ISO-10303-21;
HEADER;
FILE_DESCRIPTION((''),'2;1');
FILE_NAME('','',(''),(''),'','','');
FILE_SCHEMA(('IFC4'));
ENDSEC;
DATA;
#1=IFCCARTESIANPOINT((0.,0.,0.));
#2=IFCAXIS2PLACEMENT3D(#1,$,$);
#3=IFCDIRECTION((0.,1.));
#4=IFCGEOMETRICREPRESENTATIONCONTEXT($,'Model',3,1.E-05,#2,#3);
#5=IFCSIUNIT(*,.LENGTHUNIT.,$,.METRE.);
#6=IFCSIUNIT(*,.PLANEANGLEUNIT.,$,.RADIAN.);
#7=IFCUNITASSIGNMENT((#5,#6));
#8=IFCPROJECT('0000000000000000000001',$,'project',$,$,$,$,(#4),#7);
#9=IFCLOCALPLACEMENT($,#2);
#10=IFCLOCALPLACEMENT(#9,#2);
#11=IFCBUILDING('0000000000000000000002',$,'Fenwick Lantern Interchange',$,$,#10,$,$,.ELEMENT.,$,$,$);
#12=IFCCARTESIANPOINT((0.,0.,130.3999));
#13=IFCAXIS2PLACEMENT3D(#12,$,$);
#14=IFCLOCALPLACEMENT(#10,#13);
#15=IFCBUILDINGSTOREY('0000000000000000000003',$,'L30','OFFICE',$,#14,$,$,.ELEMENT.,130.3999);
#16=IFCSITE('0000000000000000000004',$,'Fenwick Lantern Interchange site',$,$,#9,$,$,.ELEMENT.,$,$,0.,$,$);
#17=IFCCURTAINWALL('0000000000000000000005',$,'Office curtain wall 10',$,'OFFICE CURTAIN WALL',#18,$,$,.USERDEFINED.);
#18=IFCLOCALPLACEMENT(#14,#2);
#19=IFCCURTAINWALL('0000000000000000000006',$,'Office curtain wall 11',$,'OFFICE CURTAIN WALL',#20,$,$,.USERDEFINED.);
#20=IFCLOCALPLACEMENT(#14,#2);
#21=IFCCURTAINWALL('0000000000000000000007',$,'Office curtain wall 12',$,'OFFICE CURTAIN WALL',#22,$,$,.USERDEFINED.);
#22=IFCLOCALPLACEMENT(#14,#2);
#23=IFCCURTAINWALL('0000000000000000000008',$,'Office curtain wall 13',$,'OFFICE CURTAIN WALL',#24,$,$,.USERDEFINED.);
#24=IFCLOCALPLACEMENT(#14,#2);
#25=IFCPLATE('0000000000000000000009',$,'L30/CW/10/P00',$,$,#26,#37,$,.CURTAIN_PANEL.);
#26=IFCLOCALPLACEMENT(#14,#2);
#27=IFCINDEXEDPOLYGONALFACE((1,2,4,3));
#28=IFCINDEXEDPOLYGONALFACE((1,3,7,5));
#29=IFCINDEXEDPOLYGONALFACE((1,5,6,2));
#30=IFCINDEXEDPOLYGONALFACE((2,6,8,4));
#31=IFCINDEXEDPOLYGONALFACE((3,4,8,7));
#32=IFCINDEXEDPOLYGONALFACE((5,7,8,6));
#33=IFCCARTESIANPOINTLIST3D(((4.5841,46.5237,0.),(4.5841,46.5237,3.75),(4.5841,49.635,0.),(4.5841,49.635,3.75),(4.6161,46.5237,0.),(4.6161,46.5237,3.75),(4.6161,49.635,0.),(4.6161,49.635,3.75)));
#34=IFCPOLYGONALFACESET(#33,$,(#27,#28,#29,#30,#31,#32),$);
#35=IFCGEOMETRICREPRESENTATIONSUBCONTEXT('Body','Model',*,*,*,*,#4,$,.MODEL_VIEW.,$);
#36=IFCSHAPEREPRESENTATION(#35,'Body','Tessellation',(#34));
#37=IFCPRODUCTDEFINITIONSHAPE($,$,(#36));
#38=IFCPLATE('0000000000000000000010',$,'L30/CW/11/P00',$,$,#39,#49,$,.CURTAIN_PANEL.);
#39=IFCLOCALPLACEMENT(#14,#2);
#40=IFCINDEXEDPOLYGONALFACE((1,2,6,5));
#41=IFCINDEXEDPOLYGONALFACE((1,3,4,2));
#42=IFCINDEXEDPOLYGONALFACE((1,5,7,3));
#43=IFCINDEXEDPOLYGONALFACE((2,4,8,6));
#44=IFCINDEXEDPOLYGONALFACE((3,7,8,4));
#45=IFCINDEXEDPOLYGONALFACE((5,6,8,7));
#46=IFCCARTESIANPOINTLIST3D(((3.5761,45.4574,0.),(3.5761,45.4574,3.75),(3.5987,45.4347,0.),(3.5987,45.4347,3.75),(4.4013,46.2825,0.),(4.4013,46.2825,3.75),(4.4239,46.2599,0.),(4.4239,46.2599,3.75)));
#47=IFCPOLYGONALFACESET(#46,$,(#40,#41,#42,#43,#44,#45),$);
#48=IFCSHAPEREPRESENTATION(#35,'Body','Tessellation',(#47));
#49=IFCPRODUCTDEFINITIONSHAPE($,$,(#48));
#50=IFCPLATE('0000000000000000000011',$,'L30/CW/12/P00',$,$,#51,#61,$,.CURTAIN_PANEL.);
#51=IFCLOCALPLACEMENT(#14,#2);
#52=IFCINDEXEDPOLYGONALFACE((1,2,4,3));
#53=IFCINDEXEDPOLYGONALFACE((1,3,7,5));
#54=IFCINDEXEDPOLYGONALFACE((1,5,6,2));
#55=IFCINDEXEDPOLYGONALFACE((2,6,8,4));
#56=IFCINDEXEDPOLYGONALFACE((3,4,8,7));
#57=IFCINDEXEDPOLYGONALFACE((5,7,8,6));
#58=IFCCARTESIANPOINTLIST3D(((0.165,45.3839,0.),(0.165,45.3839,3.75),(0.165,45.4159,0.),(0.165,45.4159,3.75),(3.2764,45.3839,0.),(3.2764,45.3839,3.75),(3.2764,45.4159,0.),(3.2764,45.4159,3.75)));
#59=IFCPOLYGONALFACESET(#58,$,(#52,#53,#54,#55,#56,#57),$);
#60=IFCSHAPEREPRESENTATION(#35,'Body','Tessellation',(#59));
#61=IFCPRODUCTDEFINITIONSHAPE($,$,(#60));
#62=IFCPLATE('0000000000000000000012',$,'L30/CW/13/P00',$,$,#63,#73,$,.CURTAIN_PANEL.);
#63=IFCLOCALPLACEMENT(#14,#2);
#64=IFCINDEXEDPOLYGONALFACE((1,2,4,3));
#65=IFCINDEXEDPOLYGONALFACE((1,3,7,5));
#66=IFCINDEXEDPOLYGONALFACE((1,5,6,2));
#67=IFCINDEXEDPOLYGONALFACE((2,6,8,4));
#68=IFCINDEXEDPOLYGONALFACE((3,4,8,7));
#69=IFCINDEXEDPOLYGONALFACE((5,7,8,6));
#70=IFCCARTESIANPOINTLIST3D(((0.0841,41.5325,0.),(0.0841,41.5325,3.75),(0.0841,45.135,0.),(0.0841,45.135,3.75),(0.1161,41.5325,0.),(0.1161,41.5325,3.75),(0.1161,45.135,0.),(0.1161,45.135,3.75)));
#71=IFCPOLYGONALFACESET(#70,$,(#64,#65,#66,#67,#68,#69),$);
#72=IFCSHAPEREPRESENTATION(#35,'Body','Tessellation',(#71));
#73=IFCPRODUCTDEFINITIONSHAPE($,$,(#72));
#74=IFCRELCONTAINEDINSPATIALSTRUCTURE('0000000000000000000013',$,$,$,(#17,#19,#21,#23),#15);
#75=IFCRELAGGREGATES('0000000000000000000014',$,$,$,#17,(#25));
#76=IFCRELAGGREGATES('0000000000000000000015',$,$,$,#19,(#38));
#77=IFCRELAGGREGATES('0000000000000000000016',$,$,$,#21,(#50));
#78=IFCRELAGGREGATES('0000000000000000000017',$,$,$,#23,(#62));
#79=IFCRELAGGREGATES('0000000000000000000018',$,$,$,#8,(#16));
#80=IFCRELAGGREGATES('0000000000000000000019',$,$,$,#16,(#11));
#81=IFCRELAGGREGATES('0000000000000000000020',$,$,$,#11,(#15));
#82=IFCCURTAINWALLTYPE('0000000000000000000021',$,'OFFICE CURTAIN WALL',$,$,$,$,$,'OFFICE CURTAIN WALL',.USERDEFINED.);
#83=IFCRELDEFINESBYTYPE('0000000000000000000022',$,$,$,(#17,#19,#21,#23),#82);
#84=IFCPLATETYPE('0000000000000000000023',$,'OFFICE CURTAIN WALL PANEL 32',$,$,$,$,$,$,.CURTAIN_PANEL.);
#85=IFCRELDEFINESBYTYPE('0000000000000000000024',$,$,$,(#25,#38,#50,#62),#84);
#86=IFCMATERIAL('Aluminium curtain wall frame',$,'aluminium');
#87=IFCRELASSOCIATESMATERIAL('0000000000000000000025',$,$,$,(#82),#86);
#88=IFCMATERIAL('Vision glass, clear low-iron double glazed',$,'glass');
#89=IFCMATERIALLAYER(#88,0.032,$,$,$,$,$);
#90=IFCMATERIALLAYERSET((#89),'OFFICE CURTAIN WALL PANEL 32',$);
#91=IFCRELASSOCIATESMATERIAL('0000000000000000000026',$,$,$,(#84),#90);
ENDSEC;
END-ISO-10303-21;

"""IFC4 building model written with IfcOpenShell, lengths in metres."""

from ifc_helpers import new_model, si_unit, direction, frame, origin, origin_2d, place, context, subcontext, project, spatial, rectangle, extrude, material, layer, layer_set, type_object, element, aggregate, save


model = new_model("IFC4")

# Units and contexts
model_context = context("Model", 3, precision=1e-05, world=origin(), true_north=direction((0.0, 1.0)))
body_context = subcontext(model_context, "Body", "Model", "MODEL_VIEW")
ifc_project = project(units=[si_unit("LENGTHUNIT", "METRE"), si_unit("PLANEANGLEUNIT", "RADIAN")], contexts=[model_context])

# Site, building, storey
site_placement = place(None, origin())
site = spatial("IfcSite", under=ifc_project, at=site_placement, Name="Fenwick Lantern Interchange site", CompositionType="ELEMENT", RefElevation=0.0)
building_placement = place(site_placement, origin())
building = spatial("IfcBuilding", under=site, at=building_placement, Name="Fenwick Lantern Interchange", CompositionType="ELEMENT")
storey_placement = place(building_placement, frame((0.0, 0.0, 130.3999)))
storey = spatial("IfcBuildingStorey", under=building, at=storey_placement, Name="L30", Description="OFFICE", CompositionType="ELEMENT", Elevation=130.3999)

# Curtain wall
ifc_material_1 = material(Name="Aluminium curtain wall frame", Category="aluminium")
curtain_wall_type = type_object("IfcCurtainWallType", Name="OFFICE CURTAIN WALL", ElementType="OFFICE CURTAIN WALL", PredefinedType="USERDEFINED", material=ifc_material_1)
curtain_wall_1_placement = place(storey_placement, origin())
curtain_wall_1 = element("IfcCurtainWall", 1, at=curtain_wall_1_placement, inside=storey, type_object=curtain_wall_type, Name="Office curtain wall 10", ObjectType="OFFICE CURTAIN WALL", PredefinedType="USERDEFINED")

# Curtain walls
curtain_wall_2_placement = place(storey_placement, origin())
curtain_wall_2 = element("IfcCurtainWall", 2, at=curtain_wall_2_placement, inside=storey, type_object=curtain_wall_type, Name="Office curtain wall 11", ObjectType="OFFICE CURTAIN WALL", PredefinedType="USERDEFINED")
curtain_wall_3_placement = place(storey_placement, origin())
curtain_wall_3 = element("IfcCurtainWall", 3, at=curtain_wall_3_placement, inside=storey, type_object=curtain_wall_type, Name="Office curtain wall 12", ObjectType="OFFICE CURTAIN WALL", PredefinedType="USERDEFINED")
curtain_wall_4_placement = place(storey_placement, origin())
curtain_wall_4 = element("IfcCurtainWall", 4, at=curtain_wall_4_placement, inside=storey, type_object=curtain_wall_type, Name="Office curtain wall 13", ObjectType="OFFICE CURTAIN WALL", PredefinedType="USERDEFINED")

# Plates
ifc_material_2 = material(Name="Vision glass, clear low-iron double glazed", Category="glass")
ifc_layer_1 = layer(ifc_material_2, 0.032)
ifc_layer_set_1 = layer_set([ifc_layer_1], Name="OFFICE CURTAIN WALL PANEL 32")
plate_type = type_object("IfcPlateType", Name="OFFICE CURTAIN WALL PANEL 32", PredefinedType="CURTAIN_PANEL", material=ifc_layer_set_1)
plate_1_placement = place(storey_placement, frame((4.6001, 48.0793, 0.0), z_axis=(0.0, 0.0, 1.0), x_axis=(0.0, -1.0, 0.0)))
plate_1 = element("IfcPlate", 5, at=plate_1_placement, type_object=plate_type, Name="L30/CW/10/P00", PredefinedType="CURTAIN_PANEL", context=body_context, shape_type="SweptSolid", body=[
    extrude(rectangle(XDim=3.1113, YDim=0.032, at=origin_2d()), origin(), (0.0, 0.0, 1.0), 3.75),
])
aggregate(curtain_wall_1, [plate_1])
plate_2_placement = place(storey_placement, frame((4.0, 45.8586, 0.0), z_axis=(0.0, 0.0, 1.0), x_axis=(-0.707107, -0.707107, 0.0)))
plate_2 = element("IfcPlate", 6, at=plate_2_placement, type_object=plate_type, Name="L30/CW/11/P00", PredefinedType="CURTAIN_PANEL", context=body_context, shape_type="SweptSolid", body=[
    extrude(rectangle(XDim=1.167, YDim=0.032, at=origin_2d()), origin(), (0.0, 0.0, 1.0), 3.75),
])
aggregate(curtain_wall_2, [plate_2])
plate_3_placement = place(storey_placement, frame((1.7207, 45.3999, 0.0), z_axis=(0.0, 0.0, 1.0), x_axis=(-1.0, 0.0, 0.0)))
plate_3 = element("IfcPlate", 7, at=plate_3_placement, type_object=plate_type, Name="L30/CW/12/P00", PredefinedType="CURTAIN_PANEL", context=body_context, shape_type="SweptSolid", body=[
    extrude(rectangle(XDim=3.1113, YDim=0.032, at=origin_2d()), origin(), (0.0, 0.0, 1.0), 3.75),
])
aggregate(curtain_wall_3, [plate_3])
plate_4_placement = place(storey_placement, frame((0.1001, 43.3337, 0.0), z_axis=(0.0, 0.0, 1.0), x_axis=(0.0, -1.0, 0.0)))
plate_4 = element("IfcPlate", 8, at=plate_4_placement, type_object=plate_type, Name="L30/CW/13/P00", PredefinedType="CURTAIN_PANEL", context=body_context, shape_type="SweptSolid", body=[
    extrude(rectangle(XDim=3.6025, YDim=0.032, at=origin_2d()), origin(), (0.0, 0.0, 1.0), 3.75),
])
aggregate(curtain_wall_4, [plate_4])

save(model, "model.ifc")
